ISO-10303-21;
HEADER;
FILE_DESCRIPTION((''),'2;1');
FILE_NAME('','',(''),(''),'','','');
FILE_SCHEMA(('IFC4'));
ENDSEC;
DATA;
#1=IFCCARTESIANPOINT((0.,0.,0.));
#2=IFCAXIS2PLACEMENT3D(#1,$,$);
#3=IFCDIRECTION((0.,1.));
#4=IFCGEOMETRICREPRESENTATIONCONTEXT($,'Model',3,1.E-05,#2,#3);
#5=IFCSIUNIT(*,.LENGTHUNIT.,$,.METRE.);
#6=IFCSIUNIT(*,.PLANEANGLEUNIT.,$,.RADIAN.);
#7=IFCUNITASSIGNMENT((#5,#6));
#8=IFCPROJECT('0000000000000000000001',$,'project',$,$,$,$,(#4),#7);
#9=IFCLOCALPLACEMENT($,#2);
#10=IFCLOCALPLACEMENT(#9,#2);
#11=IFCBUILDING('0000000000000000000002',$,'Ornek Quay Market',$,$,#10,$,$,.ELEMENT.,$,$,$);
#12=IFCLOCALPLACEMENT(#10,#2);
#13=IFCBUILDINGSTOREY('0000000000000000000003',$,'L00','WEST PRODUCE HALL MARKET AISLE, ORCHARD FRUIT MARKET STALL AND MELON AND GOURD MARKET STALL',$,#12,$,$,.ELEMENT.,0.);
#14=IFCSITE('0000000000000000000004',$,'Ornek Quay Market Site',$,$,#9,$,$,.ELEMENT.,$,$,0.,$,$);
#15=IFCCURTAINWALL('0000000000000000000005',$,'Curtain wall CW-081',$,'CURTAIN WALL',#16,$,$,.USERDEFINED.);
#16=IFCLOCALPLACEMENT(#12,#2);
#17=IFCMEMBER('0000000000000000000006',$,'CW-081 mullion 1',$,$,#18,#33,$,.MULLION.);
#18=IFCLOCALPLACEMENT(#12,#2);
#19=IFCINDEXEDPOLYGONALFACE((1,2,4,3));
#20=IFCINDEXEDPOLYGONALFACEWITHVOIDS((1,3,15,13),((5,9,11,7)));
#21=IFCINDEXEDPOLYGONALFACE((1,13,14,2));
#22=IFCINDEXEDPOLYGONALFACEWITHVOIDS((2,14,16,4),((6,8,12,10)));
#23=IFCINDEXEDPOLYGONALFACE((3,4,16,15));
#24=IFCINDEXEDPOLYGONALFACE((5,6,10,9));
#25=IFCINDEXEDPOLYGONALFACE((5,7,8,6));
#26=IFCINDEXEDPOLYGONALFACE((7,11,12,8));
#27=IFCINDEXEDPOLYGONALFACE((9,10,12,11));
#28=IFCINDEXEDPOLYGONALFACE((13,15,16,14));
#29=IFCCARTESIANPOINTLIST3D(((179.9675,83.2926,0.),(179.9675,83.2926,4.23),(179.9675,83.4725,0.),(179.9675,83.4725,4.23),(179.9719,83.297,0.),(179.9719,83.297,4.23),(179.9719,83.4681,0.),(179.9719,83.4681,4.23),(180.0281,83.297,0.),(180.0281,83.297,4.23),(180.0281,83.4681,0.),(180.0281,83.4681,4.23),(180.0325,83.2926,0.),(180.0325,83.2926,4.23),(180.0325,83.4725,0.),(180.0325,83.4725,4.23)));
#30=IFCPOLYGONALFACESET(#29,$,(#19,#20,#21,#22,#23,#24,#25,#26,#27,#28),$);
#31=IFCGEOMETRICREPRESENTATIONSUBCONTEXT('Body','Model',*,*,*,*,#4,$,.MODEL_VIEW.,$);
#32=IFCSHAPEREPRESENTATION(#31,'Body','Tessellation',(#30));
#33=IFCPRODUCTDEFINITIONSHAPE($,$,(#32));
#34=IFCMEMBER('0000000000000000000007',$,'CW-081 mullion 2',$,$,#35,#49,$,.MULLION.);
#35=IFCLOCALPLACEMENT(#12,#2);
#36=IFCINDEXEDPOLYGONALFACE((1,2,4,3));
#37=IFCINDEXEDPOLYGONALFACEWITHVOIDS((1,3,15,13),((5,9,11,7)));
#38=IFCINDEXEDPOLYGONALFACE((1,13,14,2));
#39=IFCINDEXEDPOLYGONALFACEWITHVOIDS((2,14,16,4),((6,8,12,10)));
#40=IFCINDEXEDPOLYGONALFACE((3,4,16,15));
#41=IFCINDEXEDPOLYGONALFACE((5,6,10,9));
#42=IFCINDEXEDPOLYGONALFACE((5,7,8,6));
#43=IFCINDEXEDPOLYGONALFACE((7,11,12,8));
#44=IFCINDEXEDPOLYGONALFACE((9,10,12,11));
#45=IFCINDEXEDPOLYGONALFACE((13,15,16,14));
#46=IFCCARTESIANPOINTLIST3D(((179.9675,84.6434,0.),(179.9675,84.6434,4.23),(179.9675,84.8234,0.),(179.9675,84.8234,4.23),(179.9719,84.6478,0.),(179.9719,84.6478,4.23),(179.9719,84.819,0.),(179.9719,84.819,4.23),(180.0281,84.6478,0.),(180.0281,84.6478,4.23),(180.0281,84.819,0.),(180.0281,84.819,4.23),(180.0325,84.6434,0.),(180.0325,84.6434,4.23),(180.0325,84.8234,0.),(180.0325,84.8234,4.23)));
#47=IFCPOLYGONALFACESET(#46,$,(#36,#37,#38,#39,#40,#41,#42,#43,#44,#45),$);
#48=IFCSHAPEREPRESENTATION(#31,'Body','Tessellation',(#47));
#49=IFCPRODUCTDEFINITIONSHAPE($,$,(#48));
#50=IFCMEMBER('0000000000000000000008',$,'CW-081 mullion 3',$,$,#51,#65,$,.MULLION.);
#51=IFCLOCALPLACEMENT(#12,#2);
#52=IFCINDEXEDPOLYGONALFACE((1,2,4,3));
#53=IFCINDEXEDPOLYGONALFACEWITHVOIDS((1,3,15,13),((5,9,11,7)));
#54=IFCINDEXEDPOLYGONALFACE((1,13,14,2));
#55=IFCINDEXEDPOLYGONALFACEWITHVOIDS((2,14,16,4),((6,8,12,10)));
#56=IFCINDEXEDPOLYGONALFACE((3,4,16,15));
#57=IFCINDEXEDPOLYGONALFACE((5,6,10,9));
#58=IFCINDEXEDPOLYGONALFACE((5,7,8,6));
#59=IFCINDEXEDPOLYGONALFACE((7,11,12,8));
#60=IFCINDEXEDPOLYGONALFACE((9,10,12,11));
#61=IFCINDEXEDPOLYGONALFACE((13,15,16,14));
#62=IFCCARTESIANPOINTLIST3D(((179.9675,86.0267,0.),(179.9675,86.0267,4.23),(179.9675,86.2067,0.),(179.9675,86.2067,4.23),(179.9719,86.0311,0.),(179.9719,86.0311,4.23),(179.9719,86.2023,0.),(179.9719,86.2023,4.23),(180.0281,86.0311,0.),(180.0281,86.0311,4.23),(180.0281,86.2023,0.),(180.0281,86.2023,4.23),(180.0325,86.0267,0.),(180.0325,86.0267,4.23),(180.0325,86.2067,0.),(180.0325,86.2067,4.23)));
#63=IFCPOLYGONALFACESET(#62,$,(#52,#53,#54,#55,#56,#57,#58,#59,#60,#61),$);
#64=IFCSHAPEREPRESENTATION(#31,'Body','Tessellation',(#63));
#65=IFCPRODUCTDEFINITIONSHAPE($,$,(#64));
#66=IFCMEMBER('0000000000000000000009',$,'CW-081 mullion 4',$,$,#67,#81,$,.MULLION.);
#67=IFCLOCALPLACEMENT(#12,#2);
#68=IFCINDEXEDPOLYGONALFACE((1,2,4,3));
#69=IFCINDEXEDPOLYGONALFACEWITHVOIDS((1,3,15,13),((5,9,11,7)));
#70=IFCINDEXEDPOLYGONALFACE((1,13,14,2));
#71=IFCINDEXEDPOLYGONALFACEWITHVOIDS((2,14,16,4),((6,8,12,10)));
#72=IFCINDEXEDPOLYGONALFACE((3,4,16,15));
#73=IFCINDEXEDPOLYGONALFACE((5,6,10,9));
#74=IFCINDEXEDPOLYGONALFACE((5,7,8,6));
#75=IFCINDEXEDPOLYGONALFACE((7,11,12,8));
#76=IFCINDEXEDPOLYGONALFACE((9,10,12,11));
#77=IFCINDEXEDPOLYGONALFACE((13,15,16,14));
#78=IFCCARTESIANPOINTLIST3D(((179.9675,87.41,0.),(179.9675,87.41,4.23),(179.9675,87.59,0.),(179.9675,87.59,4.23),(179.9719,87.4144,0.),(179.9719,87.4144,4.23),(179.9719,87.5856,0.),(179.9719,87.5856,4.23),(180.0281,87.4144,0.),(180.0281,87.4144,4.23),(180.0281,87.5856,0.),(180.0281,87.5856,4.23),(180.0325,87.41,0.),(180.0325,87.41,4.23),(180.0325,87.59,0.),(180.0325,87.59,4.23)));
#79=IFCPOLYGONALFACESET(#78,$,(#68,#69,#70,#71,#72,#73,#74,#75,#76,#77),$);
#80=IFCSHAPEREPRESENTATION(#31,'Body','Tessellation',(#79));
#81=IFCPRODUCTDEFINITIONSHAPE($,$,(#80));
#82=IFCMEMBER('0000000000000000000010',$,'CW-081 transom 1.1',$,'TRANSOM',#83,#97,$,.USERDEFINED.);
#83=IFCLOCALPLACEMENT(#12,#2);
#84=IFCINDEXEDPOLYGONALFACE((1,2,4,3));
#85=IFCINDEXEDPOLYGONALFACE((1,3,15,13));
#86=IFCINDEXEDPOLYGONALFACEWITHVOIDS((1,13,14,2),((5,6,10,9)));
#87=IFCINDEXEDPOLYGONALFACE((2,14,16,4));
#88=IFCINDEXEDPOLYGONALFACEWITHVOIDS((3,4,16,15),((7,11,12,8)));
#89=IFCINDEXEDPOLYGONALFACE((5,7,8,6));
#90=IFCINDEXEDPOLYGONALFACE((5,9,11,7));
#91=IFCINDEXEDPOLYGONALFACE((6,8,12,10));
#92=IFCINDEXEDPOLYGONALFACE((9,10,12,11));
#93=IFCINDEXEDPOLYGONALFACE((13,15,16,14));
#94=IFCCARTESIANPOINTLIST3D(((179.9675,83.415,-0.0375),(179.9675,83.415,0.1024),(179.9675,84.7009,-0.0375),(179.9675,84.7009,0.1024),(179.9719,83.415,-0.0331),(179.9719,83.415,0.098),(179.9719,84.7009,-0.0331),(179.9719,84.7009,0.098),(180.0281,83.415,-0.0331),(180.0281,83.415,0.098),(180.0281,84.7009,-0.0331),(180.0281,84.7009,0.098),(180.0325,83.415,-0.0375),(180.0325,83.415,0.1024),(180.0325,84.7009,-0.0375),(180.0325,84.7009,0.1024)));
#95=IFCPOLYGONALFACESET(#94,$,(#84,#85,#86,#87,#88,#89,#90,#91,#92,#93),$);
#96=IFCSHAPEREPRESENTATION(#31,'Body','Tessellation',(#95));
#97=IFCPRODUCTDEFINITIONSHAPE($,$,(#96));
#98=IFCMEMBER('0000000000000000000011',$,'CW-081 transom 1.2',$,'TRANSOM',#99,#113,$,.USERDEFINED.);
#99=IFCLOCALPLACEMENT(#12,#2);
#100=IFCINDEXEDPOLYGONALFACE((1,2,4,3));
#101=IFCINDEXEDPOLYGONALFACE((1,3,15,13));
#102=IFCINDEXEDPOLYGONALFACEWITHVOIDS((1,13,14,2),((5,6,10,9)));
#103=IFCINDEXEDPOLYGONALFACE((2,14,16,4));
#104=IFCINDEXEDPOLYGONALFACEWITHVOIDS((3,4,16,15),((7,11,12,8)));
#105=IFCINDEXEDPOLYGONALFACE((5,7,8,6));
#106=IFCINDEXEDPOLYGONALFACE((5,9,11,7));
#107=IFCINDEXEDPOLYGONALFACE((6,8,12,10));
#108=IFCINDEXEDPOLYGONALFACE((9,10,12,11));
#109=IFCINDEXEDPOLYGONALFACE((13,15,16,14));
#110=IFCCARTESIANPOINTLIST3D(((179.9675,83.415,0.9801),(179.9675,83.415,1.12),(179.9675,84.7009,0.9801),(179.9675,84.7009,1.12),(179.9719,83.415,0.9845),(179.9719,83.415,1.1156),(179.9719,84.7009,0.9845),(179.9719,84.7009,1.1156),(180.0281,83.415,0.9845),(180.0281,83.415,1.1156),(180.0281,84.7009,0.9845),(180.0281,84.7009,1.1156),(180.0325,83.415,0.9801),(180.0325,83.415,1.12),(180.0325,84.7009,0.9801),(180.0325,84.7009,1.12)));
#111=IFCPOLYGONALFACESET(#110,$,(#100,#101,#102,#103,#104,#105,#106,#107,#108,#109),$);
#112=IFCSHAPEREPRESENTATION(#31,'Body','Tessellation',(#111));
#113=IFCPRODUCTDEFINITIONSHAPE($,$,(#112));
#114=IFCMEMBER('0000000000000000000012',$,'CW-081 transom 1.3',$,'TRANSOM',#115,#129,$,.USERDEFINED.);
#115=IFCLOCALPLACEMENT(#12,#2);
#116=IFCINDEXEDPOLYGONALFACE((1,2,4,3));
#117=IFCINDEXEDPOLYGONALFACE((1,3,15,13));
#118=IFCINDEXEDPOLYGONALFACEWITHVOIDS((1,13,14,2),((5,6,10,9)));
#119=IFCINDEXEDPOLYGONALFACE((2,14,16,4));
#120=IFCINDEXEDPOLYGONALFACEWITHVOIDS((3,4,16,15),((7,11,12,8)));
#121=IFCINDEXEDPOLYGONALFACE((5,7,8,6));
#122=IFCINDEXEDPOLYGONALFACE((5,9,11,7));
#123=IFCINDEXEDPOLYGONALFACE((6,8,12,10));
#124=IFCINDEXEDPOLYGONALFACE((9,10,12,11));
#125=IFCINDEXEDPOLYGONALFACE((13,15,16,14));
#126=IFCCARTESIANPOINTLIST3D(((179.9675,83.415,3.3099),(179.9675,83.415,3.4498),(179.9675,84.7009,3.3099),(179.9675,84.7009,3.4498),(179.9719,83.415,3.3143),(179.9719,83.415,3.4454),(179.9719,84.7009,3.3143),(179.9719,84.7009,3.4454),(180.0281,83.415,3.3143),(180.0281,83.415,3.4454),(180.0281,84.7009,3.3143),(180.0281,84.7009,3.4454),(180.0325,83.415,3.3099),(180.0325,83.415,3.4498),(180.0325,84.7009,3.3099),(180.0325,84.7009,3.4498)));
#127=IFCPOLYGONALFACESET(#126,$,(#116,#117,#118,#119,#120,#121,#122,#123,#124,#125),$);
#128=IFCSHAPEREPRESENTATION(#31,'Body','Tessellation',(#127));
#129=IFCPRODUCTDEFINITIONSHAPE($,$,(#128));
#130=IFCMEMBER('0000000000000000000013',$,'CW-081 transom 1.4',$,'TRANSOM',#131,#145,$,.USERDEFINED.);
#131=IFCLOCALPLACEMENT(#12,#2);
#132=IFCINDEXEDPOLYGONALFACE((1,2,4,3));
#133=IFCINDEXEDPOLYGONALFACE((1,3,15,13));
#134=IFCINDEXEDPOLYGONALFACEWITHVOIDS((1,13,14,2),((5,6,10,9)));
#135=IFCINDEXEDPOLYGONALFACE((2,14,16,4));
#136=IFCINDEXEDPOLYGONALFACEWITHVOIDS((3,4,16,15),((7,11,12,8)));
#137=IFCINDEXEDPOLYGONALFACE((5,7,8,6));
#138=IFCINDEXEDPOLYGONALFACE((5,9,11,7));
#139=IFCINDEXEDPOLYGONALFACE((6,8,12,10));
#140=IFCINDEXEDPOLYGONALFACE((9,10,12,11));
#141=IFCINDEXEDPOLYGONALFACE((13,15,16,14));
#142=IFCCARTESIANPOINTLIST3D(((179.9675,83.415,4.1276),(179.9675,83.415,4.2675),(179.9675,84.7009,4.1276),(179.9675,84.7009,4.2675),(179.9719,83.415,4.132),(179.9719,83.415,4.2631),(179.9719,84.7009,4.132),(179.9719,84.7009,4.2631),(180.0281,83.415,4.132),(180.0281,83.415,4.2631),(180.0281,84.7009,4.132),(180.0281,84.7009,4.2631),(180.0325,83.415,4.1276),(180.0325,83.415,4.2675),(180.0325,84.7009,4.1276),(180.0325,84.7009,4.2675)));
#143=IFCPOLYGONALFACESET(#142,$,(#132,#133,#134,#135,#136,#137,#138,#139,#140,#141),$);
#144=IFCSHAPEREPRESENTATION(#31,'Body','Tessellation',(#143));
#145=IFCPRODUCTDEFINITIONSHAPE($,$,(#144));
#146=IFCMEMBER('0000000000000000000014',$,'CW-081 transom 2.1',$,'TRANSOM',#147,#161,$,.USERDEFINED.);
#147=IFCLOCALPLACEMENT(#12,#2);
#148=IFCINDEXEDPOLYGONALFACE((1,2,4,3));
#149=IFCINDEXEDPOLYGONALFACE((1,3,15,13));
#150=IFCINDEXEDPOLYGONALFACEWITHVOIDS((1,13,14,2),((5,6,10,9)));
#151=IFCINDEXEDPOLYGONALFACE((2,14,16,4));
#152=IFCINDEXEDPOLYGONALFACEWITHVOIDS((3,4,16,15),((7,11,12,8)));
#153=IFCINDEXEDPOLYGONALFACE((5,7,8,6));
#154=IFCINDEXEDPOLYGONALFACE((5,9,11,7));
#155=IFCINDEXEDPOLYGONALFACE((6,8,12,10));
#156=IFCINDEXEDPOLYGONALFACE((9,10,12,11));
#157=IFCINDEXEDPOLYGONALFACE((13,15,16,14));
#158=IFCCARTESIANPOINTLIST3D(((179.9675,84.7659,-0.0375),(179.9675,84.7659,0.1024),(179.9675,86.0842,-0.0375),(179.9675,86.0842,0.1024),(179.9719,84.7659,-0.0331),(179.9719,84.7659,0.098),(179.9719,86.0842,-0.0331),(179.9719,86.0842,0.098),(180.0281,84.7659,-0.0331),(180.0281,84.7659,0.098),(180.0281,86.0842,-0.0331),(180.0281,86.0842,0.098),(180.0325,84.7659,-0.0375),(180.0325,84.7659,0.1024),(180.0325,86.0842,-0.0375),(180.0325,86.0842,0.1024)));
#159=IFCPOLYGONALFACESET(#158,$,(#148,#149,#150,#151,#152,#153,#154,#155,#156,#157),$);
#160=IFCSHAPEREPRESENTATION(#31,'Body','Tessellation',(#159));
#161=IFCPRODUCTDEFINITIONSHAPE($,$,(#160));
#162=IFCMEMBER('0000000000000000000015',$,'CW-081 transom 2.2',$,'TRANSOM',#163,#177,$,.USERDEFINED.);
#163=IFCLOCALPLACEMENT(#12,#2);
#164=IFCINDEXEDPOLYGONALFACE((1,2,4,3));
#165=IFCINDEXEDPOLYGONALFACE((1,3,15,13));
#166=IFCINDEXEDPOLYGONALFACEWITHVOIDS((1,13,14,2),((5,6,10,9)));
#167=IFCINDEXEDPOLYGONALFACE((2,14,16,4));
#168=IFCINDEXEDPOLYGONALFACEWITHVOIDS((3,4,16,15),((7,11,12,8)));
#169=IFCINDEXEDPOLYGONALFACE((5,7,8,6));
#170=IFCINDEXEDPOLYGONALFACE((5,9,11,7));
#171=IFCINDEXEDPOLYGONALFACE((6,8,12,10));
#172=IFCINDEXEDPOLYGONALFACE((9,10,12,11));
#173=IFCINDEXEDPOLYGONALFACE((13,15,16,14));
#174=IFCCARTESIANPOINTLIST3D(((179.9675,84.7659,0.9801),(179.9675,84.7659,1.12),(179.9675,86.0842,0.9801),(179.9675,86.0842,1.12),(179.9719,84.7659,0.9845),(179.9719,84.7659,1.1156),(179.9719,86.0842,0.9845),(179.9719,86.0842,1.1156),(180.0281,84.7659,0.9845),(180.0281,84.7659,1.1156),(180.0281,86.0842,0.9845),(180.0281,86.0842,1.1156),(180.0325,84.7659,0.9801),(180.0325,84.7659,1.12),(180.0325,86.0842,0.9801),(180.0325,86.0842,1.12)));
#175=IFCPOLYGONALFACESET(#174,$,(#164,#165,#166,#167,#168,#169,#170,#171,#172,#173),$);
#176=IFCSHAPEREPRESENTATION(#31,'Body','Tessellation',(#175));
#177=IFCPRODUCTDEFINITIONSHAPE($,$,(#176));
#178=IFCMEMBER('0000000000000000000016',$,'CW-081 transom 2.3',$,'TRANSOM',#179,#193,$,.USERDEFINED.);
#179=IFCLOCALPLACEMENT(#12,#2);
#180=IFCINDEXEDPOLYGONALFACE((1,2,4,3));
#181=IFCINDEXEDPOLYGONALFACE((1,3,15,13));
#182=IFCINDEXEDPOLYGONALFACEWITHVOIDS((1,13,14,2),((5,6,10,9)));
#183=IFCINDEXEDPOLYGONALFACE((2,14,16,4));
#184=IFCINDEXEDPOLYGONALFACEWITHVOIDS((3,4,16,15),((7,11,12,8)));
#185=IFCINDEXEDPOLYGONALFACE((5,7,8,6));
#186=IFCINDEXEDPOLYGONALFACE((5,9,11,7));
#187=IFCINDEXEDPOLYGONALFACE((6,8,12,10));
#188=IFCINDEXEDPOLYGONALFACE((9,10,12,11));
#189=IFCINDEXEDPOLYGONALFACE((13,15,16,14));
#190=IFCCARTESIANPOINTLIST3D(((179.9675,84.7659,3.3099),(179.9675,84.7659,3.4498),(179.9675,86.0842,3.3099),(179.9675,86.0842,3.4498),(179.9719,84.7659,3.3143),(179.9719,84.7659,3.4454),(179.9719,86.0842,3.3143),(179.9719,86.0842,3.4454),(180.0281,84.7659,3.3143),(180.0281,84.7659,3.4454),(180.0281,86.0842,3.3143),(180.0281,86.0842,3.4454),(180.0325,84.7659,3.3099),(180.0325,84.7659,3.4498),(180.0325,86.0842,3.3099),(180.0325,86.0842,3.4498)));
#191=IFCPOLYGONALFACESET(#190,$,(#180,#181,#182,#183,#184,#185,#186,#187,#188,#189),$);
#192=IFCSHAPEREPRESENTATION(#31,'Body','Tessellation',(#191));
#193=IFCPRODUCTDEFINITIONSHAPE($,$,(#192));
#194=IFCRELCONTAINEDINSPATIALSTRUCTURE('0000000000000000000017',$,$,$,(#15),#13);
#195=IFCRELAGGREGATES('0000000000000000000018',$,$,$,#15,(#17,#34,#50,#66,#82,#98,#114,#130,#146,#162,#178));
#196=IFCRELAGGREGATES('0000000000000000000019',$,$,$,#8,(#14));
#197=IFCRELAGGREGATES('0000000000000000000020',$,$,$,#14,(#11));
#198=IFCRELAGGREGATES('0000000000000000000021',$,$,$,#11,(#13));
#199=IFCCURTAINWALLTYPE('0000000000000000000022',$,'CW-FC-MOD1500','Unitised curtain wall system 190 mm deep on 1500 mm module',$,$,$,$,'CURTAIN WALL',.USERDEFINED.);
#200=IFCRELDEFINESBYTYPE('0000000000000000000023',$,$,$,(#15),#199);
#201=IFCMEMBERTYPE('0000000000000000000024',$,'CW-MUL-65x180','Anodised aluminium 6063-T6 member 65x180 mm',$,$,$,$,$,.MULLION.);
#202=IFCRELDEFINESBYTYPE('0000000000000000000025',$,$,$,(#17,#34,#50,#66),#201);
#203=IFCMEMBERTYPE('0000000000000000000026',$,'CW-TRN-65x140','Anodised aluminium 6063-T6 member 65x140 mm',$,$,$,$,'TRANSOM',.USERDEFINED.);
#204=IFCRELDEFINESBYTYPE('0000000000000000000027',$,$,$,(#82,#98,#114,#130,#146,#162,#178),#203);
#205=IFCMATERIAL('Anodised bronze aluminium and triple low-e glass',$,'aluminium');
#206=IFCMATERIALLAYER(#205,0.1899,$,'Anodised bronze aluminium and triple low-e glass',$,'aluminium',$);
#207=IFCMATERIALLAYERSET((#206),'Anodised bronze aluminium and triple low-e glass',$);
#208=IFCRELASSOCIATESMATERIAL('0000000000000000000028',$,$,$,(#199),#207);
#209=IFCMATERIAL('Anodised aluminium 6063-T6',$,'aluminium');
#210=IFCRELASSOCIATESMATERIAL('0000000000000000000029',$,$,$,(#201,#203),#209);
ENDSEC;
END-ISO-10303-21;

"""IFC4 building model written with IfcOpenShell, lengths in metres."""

from ifc_helpers import new_model, si_unit, direction, frame, origin, origin_2d, place, context, subcontext, project, spatial, hollow_rectangle, extrude, material, layer, layer_set, material_profile, profile_set, type_object, element, aggregate, save


model = new_model("IFC4")

# Units and contexts
model_context = context("Model", 3, precision=1e-05, world=origin(), true_north=direction((0.0, 1.0)))
body_context = subcontext(model_context, "Body", "Model", "MODEL_VIEW")
ifc_project = project(units=[si_unit("LENGTHUNIT", "METRE"), si_unit("PLANEANGLEUNIT", "RADIAN")], contexts=[model_context])

# Site, building, storey
site_placement = place(None, origin())
site = spatial("IfcSite", under=ifc_project, at=site_placement, Name="Ornek Quay Market Site", CompositionType="ELEMENT", RefElevation=0.0)
building_placement = place(site_placement, origin())
building = spatial("IfcBuilding", under=site, at=building_placement, Name="Ornek Quay Market", CompositionType="ELEMENT")
storey_placement = place(building_placement, origin())
storey = spatial("IfcBuildingStorey", under=building, at=storey_placement, Name="L00", Description="WEST PRODUCE HALL MARKET AISLE, ORCHARD FRUIT MARKET STALL AND MELON AND GOURD MARKET STALL", CompositionType="ELEMENT", Elevation=0.0)

# Curtain wall, members
ifc_material_1 = material(Name="Anodised bronze aluminium and triple low-e glass", Category="aluminium")
ifc_layer_1 = layer(ifc_material_1, 0.1899, Name="Anodised bronze aluminium and triple low-e glass", Category="aluminium")
ifc_layer_set_1 = layer_set([ifc_layer_1], Name="Anodised bronze aluminium and triple low-e glass")
curtain_wall_type = type_object("IfcCurtainWallType", Name="CW-FC-MOD1500", Description="Unitised curtain wall system 190 mm deep on 1500 mm module", ElementType="CURTAIN WALL", PredefinedType="USERDEFINED", material=ifc_layer_set_1)
curtain_wall_placement = place(storey_placement, origin())
curtain_wall = element("IfcCurtainWall", 1, at=curtain_wall_placement, inside=storey, type_object=curtain_wall_type, Name="Curtain wall CW-081", ObjectType="CURTAIN WALL", PredefinedType="USERDEFINED")
ifc_material_2 = material(Name="Anodised aluminium 6063-T6", Category="aluminium")
ifc_material_profile_1 = material_profile(ifc_material_2, hollow_rectangle(XDim=0.0649, YDim=0.1799, WallThickness=0.0044, at=origin_2d()), Name="CW-MUL-65x180", Category="aluminium")
ifc_profile_set_1 = profile_set([ifc_material_profile_1], Name="Anodised aluminium 6063-T6")
member_type_1 = type_object("IfcMemberType", Name="CW-MUL-65x180", Description="Anodised aluminium 6063-T6 member 65x180 mm", PredefinedType="MULLION", material=ifc_profile_set_1)
member_1_placement = place(storey_placement, frame((180.0, 83.3826, 0.0), z_axis=(0.0, 0.0, 1.0), x_axis=(-1.0, 0.0, 0.0)))
member_1 = element("IfcMember", 2, at=member_1_placement, type_object=member_type_1, Name="CW-081 mullion 1", PredefinedType="MULLION", context=body_context, shape_type="SweptSolid", body=[
    extrude(hollow_rectangle(XDim=0.0649, YDim=0.1799, WallThickness=0.0044, at=origin_2d()), origin(), (0.0, 0.0, 1.0), 4.23),
])
member_2_placement = place(storey_placement, frame((180.0, 84.7334, 0.0), z_axis=(0.0, 0.0, 1.0), x_axis=(-1.0, 0.0, 0.0)))
member_2 = element("IfcMember", 3, at=member_2_placement, type_object=member_type_1, Name="CW-081 mullion 2", PredefinedType="MULLION", context=body_context, shape_type="SweptSolid", body=[
    extrude(hollow_rectangle(XDim=0.0649, YDim=0.1799, WallThickness=0.0044, at=origin_2d()), origin(), (0.0, 0.0, 1.0), 4.23),
])
member_3_placement = place(storey_placement, frame((180.0, 86.1167, 0.0), z_axis=(0.0, 0.0, 1.0), x_axis=(-1.0, 0.0, 0.0)))
member_3 = element("IfcMember", 4, at=member_3_placement, type_object=member_type_1, Name="CW-081 mullion 3", PredefinedType="MULLION", context=body_context, shape_type="SweptSolid", body=[
    extrude(hollow_rectangle(XDim=0.0649, YDim=0.1799, WallThickness=0.0044, at=origin_2d()), origin(), (0.0, 0.0, 1.0), 4.23),
])
member_4_placement = place(storey_placement, frame((180.0, 87.5, 0.0), z_axis=(0.0, 0.0, 1.0), x_axis=(-1.0, 0.0, 0.0)))
member_4 = element("IfcMember", 5, at=member_4_placement, type_object=member_type_1, Name="CW-081 mullion 4", PredefinedType="MULLION", context=body_context, shape_type="SweptSolid", body=[
    extrude(hollow_rectangle(XDim=0.0649, YDim=0.1799, WallThickness=0.0044, at=origin_2d()), origin(), (0.0, 0.0, 1.0), 4.23),
])
ifc_material_profile_2 = material_profile(ifc_material_2, hollow_rectangle(XDim=0.0649, YDim=0.1399, WallThickness=0.0044, at=origin_2d()), Name="CW-TRN-65x140", Category="aluminium")
ifc_profile_set_2 = profile_set([ifc_material_profile_2], Name="Anodised aluminium 6063-T6")
member_type_2 = type_object("IfcMemberType", Name="CW-TRN-65x140", Description="Anodised aluminium 6063-T6 member 65x140 mm", ElementType="TRANSOM", PredefinedType="USERDEFINED", material=ifc_profile_set_2)
member_5_placement = place(storey_placement, frame((180.0, 83.415, 0.0325), z_axis=(0.0, 1.0, 0.0), x_axis=(-1.0, 0.0, 0.0)))
member_5 = element("IfcMember", 6, at=member_5_placement, type_object=member_type_2, Name="CW-081 transom 1.1", ObjectType="TRANSOM", PredefinedType="USERDEFINED", context=body_context, shape_type="SweptSolid", body=[
    extrude(hollow_rectangle(XDim=0.0649, YDim=0.1399, WallThickness=0.0044, at=origin_2d()), origin(), (0.0, 0.0, 1.0), 1.2859),
])
member_6_placement = place(storey_placement, frame((180.0, 83.415, 1.05), z_axis=(0.0, 1.0, 0.0), x_axis=(-1.0, 0.0, 0.0)))
member_6 = element("IfcMember", 7, at=member_6_placement, type_object=member_type_2, Name="CW-081 transom 1.2", ObjectType="TRANSOM", PredefinedType="USERDEFINED", context=body_context, shape_type="SweptSolid", body=[
    extrude(hollow_rectangle(XDim=0.0649, YDim=0.1399, WallThickness=0.0044, at=origin_2d()), origin(), (0.0, 0.0, 1.0), 1.2859),
])
member_7_placement = place(storey_placement, frame((180.0, 83.415, 3.3799), z_axis=(0.0, 1.0, 0.0), x_axis=(-1.0, 0.0, 0.0)))
member_7 = element("IfcMember", 8, at=member_7_placement, type_object=member_type_2, Name="CW-081 transom 1.3", ObjectType="TRANSOM", PredefinedType="USERDEFINED", context=body_context, shape_type="SweptSolid", body=[
    extrude(hollow_rectangle(XDim=0.0649, YDim=0.1399, WallThickness=0.0044, at=origin_2d()), origin(), (0.0, 0.0, 1.0), 1.2859),
])
member_8_placement = place(storey_placement, frame((180.0, 83.415, 4.1975), z_axis=(0.0, 1.0, 0.0), x_axis=(-1.0, 0.0, 0.0)))
member_8 = element("IfcMember", 9, at=member_8_placement, type_object=member_type_2, Name="CW-081 transom 1.4", ObjectType="TRANSOM", PredefinedType="USERDEFINED", context=body_context, shape_type="SweptSolid", body=[
    extrude(hollow_rectangle(XDim=0.0649, YDim=0.1399, WallThickness=0.0044, at=origin_2d()), origin(), (0.0, 0.0, 1.0), 1.2859),
])
member_9_placement = place(storey_placement, frame((180.0, 84.7659, 0.0325), z_axis=(0.0, 1.0, 0.0), x_axis=(-1.0, 0.0, 0.0)))
member_9 = element("IfcMember", 10, at=member_9_placement, type_object=member_type_2, Name="CW-081 transom 2.1", ObjectType="TRANSOM", PredefinedType="USERDEFINED", context=body_context, shape_type="SweptSolid", body=[
    extrude(hollow_rectangle(XDim=0.0649, YDim=0.1399, WallThickness=0.0044, at=origin_2d()), origin(), (0.0, 0.0, 1.0), 1.3184),
])
member_10_placement = place(storey_placement, frame((180.0, 84.7659, 1.05), z_axis=(0.0, 1.0, 0.0), x_axis=(-1.0, 0.0, 0.0)))
member_10 = element("IfcMember", 11, at=member_10_placement, type_object=member_type_2, Name="CW-081 transom 2.2", ObjectType="TRANSOM", PredefinedType="USERDEFINED", context=body_context, shape_type="SweptSolid", body=[
    extrude(hollow_rectangle(XDim=0.0649, YDim=0.1399, WallThickness=0.0044, at=origin_2d()), origin(), (0.0, 0.0, 1.0), 1.3184),
])
member_11_placement = place(storey_placement, frame((180.0, 84.7659, 3.3799), z_axis=(0.0, 1.0, 0.0), x_axis=(-1.0, 0.0, 0.0)))
member_11 = element("IfcMember", 12, at=member_11_placement, type_object=member_type_2, Name="CW-081 transom 2.3", ObjectType="TRANSOM", PredefinedType="USERDEFINED", context=body_context, shape_type="SweptSolid", body=[
    extrude(hollow_rectangle(XDim=0.0649, YDim=0.1399, WallThickness=0.0044, at=origin_2d()), origin(), (0.0, 0.0, 1.0), 1.3184),
])
aggregate(curtain_wall, [member_1, member_2, member_3, member_4, member_5, member_6, member_7, member_8, member_9, member_10, member_11])

save(model, "model.ifc")
